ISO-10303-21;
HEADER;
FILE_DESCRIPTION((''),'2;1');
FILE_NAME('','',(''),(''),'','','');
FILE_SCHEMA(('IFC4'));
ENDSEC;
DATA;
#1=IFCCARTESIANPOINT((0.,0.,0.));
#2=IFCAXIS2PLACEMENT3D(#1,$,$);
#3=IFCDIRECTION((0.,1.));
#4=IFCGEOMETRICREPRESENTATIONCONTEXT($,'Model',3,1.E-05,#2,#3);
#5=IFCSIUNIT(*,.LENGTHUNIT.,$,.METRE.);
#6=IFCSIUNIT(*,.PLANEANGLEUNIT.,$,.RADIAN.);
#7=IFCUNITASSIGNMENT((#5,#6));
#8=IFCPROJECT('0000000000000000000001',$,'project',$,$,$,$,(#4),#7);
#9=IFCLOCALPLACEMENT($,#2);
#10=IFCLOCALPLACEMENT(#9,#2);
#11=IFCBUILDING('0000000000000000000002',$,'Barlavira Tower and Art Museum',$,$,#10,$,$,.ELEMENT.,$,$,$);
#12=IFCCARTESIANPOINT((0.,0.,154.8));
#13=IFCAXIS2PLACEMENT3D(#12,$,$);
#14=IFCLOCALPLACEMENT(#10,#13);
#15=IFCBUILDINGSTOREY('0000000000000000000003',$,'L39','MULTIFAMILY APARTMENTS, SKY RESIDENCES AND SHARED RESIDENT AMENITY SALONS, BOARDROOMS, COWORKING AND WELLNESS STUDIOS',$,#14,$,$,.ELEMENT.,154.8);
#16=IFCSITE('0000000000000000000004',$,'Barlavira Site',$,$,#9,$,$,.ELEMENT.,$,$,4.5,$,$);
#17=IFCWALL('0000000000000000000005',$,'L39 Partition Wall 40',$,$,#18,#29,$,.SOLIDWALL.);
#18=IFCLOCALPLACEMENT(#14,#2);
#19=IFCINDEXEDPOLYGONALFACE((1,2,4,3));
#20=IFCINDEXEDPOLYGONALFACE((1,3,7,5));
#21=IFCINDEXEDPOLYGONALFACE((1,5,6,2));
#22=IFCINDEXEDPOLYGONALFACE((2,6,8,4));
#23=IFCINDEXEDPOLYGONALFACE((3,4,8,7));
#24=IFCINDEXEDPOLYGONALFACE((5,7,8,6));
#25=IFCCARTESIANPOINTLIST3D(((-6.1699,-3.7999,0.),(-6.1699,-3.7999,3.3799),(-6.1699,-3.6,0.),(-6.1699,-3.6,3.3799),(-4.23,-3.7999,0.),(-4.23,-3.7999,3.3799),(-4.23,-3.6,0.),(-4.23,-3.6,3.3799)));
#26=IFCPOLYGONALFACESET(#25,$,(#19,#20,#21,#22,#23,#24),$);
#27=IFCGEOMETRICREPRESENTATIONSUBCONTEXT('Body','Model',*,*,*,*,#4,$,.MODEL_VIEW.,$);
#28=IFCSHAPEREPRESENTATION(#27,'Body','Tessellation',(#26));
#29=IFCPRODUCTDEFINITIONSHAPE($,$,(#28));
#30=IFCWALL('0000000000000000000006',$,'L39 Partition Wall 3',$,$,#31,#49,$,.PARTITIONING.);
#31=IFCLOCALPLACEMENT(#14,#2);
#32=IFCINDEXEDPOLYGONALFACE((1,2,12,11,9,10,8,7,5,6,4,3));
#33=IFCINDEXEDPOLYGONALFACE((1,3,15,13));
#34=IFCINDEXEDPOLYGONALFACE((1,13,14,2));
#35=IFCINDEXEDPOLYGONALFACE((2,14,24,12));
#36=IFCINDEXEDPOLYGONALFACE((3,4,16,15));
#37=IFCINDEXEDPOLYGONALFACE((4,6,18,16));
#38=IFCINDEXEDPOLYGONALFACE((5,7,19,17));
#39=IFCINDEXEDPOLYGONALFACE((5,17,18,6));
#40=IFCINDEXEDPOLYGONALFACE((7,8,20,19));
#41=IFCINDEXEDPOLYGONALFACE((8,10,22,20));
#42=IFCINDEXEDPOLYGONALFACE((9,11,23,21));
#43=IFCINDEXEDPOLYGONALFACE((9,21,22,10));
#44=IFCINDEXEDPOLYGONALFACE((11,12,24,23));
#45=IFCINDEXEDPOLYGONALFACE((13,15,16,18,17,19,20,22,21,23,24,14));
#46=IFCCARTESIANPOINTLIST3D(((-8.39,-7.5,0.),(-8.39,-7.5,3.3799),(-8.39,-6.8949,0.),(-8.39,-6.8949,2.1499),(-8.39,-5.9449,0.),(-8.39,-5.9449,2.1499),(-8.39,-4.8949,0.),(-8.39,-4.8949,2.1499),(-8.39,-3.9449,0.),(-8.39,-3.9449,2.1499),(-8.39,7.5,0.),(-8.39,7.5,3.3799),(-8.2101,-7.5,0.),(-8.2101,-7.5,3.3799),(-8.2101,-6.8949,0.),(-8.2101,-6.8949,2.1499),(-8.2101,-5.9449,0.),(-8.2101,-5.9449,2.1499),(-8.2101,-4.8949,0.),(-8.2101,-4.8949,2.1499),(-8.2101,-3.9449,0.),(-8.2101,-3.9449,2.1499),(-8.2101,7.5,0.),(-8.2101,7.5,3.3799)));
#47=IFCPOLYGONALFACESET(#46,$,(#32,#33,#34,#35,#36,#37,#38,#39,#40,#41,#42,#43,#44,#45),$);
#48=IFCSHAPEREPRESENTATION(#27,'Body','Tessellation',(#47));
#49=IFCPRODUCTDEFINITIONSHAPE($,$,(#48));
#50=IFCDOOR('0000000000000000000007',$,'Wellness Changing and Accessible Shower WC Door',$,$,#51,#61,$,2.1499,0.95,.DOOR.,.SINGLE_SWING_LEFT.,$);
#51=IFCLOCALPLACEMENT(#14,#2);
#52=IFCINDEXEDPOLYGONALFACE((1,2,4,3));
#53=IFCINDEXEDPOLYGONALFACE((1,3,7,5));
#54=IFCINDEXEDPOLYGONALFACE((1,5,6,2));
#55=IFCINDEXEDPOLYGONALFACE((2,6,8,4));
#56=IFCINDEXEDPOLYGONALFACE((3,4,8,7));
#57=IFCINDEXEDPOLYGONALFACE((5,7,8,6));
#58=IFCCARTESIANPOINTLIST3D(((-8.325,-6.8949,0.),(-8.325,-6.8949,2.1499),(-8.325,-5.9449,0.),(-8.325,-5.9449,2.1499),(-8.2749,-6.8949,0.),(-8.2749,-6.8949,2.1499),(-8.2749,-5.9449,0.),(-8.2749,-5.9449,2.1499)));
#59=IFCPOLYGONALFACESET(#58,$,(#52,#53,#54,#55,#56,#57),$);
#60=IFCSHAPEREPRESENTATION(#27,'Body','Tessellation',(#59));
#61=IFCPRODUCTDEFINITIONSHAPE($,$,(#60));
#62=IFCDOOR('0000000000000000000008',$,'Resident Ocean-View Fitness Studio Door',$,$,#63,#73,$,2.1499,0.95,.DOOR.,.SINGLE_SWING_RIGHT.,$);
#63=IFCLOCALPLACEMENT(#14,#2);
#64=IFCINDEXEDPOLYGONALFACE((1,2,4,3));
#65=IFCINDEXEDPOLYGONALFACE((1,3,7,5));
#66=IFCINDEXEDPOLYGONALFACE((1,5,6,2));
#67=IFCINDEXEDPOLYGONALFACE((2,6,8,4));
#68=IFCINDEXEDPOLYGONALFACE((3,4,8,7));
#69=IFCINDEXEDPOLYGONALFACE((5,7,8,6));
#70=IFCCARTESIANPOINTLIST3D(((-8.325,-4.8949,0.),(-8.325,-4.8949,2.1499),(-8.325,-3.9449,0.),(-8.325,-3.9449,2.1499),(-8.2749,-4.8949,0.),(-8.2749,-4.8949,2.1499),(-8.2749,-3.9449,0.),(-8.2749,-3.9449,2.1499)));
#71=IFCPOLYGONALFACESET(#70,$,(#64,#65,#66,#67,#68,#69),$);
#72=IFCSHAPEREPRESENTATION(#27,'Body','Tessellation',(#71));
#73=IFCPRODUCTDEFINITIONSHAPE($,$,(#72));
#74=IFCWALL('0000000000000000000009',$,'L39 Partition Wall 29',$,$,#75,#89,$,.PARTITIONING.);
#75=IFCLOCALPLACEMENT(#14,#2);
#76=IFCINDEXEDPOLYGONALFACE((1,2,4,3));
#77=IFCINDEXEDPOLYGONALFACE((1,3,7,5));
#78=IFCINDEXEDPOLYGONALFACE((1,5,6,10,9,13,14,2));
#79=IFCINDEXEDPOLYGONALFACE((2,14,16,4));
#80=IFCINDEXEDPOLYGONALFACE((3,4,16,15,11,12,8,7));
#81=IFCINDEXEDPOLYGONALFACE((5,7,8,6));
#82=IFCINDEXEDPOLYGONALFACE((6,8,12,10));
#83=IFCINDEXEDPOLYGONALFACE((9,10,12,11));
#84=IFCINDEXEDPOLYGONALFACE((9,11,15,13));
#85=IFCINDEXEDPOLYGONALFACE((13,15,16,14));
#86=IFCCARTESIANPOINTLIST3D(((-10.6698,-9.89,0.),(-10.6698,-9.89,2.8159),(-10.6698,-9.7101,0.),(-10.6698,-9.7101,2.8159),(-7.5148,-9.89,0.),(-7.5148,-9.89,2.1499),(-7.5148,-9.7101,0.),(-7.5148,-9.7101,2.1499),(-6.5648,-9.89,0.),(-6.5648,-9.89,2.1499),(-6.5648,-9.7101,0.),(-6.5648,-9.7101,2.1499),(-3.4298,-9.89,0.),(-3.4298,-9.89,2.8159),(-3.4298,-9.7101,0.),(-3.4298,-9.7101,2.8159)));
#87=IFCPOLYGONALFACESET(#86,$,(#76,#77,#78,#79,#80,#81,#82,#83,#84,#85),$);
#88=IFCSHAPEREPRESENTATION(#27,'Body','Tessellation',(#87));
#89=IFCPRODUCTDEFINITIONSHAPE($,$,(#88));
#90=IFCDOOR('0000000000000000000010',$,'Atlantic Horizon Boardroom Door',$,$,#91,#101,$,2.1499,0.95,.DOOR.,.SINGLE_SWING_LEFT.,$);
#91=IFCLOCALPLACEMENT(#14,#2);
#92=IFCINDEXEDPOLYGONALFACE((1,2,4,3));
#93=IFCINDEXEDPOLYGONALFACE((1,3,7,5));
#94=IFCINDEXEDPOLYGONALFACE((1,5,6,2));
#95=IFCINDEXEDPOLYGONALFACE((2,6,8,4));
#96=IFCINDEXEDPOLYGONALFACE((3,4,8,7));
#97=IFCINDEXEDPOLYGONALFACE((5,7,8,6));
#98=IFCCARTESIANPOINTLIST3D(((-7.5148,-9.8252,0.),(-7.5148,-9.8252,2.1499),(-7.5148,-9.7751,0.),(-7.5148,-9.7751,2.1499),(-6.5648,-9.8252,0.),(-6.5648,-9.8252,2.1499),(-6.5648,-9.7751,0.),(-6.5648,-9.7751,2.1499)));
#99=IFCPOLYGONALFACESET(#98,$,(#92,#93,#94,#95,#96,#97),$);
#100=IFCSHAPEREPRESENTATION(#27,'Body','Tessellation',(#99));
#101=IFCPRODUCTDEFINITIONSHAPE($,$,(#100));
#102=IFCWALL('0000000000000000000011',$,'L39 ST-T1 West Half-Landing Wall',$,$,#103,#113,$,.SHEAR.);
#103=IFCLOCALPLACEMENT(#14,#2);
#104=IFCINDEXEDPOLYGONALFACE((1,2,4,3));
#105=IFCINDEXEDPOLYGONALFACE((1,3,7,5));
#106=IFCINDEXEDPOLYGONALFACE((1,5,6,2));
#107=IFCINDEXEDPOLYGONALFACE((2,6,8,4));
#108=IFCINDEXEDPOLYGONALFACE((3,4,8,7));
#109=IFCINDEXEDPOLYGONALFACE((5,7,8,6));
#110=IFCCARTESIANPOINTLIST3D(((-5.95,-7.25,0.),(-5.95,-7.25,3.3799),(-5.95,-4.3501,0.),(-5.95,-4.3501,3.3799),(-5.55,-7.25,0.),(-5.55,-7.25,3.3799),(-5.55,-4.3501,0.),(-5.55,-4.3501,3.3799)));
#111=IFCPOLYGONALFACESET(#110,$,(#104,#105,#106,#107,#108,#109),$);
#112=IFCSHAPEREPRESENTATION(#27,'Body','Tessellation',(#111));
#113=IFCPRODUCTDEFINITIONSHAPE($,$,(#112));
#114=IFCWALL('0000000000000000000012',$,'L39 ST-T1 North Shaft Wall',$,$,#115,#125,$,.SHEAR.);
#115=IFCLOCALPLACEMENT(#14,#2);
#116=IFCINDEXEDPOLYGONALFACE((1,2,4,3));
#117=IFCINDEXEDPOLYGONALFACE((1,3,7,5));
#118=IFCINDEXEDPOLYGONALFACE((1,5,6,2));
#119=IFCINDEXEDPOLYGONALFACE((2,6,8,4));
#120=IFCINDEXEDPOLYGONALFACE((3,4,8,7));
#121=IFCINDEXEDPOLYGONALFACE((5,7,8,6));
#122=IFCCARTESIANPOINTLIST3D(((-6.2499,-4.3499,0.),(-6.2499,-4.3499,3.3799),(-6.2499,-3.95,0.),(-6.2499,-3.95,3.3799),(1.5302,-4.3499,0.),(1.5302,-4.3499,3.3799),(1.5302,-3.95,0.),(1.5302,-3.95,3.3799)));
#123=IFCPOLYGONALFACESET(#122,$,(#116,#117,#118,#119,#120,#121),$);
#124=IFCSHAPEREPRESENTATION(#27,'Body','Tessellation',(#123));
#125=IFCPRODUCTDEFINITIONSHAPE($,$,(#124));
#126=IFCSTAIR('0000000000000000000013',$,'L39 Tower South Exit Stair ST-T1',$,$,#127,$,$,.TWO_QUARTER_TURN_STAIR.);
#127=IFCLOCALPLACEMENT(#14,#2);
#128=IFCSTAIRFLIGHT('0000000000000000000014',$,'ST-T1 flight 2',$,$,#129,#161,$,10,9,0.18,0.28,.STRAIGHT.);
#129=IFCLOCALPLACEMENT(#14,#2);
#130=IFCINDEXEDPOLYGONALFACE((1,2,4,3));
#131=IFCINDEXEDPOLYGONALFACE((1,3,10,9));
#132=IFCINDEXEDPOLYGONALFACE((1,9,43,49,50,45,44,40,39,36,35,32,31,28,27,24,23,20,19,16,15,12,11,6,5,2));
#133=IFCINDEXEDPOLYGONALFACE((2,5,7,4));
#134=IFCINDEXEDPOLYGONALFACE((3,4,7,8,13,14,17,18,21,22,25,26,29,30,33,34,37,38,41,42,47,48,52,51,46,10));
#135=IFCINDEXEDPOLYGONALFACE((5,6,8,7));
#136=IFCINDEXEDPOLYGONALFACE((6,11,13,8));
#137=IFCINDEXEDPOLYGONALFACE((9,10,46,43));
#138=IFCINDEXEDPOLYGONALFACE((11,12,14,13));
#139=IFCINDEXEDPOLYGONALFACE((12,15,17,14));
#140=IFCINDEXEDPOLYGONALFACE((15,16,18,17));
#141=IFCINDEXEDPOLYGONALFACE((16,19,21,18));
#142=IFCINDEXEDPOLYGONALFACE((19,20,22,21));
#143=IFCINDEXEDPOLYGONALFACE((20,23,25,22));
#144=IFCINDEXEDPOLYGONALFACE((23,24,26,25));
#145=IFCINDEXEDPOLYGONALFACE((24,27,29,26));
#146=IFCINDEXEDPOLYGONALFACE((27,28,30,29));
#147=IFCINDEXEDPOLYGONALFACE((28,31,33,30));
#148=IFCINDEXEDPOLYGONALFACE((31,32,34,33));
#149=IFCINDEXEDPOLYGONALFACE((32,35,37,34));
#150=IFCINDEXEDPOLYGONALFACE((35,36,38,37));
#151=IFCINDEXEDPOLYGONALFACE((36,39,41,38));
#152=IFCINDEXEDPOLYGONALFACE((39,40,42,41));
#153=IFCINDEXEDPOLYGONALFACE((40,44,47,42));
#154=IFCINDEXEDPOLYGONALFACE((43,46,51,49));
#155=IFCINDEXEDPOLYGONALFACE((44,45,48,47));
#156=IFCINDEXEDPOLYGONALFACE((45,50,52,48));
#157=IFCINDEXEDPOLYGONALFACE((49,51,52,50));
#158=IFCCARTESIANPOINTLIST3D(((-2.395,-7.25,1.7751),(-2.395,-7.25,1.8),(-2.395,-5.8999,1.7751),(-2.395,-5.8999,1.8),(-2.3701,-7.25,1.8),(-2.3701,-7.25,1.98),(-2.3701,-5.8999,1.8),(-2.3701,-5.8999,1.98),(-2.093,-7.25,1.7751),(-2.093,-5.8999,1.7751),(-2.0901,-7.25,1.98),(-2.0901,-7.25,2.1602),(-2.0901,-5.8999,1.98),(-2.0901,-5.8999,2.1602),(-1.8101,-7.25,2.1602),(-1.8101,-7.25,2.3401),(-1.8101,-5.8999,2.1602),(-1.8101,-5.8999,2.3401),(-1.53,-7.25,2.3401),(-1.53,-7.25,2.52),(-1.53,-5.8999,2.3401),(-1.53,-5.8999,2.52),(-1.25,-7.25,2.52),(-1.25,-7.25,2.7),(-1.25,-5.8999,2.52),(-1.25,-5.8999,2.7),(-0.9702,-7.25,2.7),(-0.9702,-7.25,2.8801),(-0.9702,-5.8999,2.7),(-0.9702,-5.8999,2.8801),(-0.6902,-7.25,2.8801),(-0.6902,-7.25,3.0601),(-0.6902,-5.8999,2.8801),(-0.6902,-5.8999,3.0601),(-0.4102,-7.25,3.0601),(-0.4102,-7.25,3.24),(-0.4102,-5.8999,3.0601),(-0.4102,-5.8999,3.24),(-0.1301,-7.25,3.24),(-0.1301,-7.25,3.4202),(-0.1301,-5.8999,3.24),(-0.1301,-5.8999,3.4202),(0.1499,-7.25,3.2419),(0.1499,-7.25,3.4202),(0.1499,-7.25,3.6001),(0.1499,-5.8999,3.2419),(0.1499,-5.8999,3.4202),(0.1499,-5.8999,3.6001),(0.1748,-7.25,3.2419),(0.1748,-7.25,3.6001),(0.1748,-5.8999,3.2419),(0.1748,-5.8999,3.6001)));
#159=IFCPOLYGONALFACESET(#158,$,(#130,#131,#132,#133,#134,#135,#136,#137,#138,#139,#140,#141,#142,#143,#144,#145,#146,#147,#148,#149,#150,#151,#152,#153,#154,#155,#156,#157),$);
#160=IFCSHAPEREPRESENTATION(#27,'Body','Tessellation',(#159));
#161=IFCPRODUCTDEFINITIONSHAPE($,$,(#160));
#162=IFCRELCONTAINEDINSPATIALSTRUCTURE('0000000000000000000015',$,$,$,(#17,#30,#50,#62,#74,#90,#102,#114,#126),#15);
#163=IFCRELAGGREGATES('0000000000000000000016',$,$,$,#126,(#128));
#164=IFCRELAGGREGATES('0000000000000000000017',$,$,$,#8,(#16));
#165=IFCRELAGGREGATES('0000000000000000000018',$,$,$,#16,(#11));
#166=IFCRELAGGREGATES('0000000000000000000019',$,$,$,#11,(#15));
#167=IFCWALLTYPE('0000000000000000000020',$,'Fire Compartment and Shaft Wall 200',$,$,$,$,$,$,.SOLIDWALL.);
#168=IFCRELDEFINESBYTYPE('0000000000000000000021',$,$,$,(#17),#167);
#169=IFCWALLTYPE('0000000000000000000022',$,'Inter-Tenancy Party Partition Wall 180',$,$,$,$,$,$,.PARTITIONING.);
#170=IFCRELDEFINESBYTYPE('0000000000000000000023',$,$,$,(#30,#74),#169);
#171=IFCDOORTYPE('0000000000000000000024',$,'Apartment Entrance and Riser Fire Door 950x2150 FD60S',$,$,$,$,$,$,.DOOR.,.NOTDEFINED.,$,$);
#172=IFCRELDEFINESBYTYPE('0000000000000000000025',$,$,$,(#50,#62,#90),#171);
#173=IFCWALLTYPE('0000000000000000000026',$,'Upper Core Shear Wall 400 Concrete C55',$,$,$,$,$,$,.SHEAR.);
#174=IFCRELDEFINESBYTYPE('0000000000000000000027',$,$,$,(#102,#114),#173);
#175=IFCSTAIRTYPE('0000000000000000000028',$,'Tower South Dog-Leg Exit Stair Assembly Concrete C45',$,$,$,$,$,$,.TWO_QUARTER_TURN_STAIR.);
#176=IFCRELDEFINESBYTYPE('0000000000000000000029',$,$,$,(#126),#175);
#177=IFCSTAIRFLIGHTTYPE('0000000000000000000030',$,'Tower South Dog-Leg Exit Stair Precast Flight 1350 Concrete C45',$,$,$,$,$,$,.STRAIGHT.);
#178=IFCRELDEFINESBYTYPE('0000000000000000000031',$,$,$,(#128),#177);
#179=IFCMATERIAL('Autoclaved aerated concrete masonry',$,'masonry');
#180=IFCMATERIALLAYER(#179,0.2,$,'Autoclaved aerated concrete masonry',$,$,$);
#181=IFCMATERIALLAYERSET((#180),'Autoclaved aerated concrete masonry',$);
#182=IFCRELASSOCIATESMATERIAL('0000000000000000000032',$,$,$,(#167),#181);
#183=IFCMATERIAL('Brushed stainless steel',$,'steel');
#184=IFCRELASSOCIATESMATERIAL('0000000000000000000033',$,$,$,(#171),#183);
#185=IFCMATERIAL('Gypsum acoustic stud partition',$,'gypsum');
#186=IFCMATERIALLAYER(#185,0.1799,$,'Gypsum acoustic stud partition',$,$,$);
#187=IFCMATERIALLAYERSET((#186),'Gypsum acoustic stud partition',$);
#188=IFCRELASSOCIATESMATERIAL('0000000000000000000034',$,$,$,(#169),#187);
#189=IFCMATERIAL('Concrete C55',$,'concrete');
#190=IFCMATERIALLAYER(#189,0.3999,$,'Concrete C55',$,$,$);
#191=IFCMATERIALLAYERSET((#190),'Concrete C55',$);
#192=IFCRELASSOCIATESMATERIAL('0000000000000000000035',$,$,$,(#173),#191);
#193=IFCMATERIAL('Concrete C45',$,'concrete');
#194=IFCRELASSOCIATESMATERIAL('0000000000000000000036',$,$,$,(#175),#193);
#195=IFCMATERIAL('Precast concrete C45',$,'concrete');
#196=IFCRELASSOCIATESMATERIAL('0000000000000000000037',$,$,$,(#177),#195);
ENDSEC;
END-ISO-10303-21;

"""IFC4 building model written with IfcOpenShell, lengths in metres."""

from ifc_helpers import new_model, si_unit, direction, frame, frame_2d, origin, place, context, subcontext, project, spatial, polyline, rectangle, outline, extrude, material, layer, layer_set, type_object, element, fill, aggregate, save


model = new_model("IFC4")

# Units and contexts
model_context = context("Model", 3, precision=1e-05, world=origin(), true_north=direction((0.0, 1.0)))
body_context = subcontext(model_context, "Body", "Model", "MODEL_VIEW")
ifc_project = project(units=[si_unit("LENGTHUNIT", "METRE"), si_unit("PLANEANGLEUNIT", "RADIAN")], contexts=[model_context])

# Site, building, storey
site_placement = place(None, origin())
site = spatial("IfcSite", under=ifc_project, at=site_placement, Name="Barlavira Site", CompositionType="ELEMENT", RefElevation=4.5)
building_placement = place(site_placement, origin())
building = spatial("IfcBuilding", under=site, at=building_placement, Name="Barlavira Tower and Art Museum", CompositionType="ELEMENT")
storey_placement = place(building_placement, frame((0.0, 0.0, 154.8)))
storey = spatial("IfcBuildingStorey", under=building, at=storey_placement, Name="L39", Description="MULTIFAMILY APARTMENTS, SKY RESIDENCES AND SHARED RESIDENT AMENITY SALONS, BOARDROOMS, COWORKING AND WELLNESS STUDIOS", CompositionType="ELEMENT", Elevation=154.8)

# Shared definitions
ifc_material_1 = material(Name="Autoclaved aerated concrete masonry", Category="masonry")
ifc_layer_1 = layer(ifc_material_1, 0.2, Name="Autoclaved aerated concrete masonry")
ifc_layer_set_1 = layer_set([ifc_layer_1], Name="Autoclaved aerated concrete masonry")
wall_type_1 = type_object("IfcWallType", Name="Fire Compartment and Shaft Wall 200", PredefinedType="SOLIDWALL", material=ifc_layer_set_1)

# Shared definitions
ifc_material_2 = material(Name="Brushed stainless steel", Category="steel")
door_type = type_object("IfcDoorType", Name="Apartment Entrance and Riser Fire Door 950x2150 FD60S", OperationType="NOTDEFINED", PredefinedType="DOOR", material=ifc_material_2)

# Wall
wall_1_placement = place(storey_placement, frame((-6.1699, -3.7, 0.0), z_axis=(0.0, 0.0, 1.0), x_axis=(1.0, 0.0, 0.0)))
element("IfcWall", 1, at=wall_1_placement, inside=storey, type_object=wall_type_1, Name="L39 Partition Wall 40", PredefinedType="SOLIDWALL", context=body_context, shape_type="SweptSolid", body=[
    extrude(rectangle(XDim=1.9399, YDim=0.2, at=frame_2d((0.97, 0.0))), origin(), (0.0, 0.0, 1.0), 3.3799),
])

# Wall, openings, doors
ifc_material_3 = material(Name="Gypsum acoustic stud partition", Category="gypsum")
ifc_layer_2 = layer(ifc_material_3, 0.1799, Name="Gypsum acoustic stud partition")
ifc_layer_set_2 = layer_set([ifc_layer_2], Name="Gypsum acoustic stud partition")
wall_type_2 = type_object("IfcWallType", Name="Inter-Tenancy Party Partition Wall 180", PredefinedType="PARTITIONING", material=ifc_layer_set_2)
wall_2_placement = place(storey_placement, frame((-8.3, -7.5, 0.0), z_axis=(0.0, 0.0, 1.0), x_axis=(0.0, 1.0, 0.0)))
wall_2 = element("IfcWall", 2, at=wall_2_placement, inside=storey, type_object=wall_type_2, Name="L39 Partition Wall 3", PredefinedType="PARTITIONING", context=body_context, shape_type="SweptSolid", body=[
    extrude(rectangle(XDim=15.0, YDim=0.1799, at=frame_2d((7.5, 0.0))), origin(), (0.0, 0.0, 1.0), 3.3799),
])
opening_1_placement = place(wall_2_placement, frame((0.605, 0.0, 0.0)))
opening_1 = element("IfcOpeningElement", 3, at=opening_1_placement, cuts=wall_2, PredefinedType="OPENING", context=body_context, shape_type="SweptSolid", body=[
    extrude(rectangle(XDim=0.95, YDim=2.1499, at=frame_2d((0.4751, 1.075))), frame((0.0, 0.1001, 0.0), z_axis=(0.0, -1.0, 0.0), x_axis=(1.0, 0.0, 0.0)), (0.0, 0.0, 1.0), 0.2),
])
opening_2_placement = place(wall_2_placement, frame((2.605, 0.0, 0.0)))
opening_2 = element("IfcOpeningElement", 4, at=opening_2_placement, cuts=wall_2, PredefinedType="OPENING", context=body_context, shape_type="SweptSolid", body=[
    extrude(rectangle(XDim=0.95, YDim=2.1499, at=frame_2d((0.4751, 1.075))), frame((0.0, 0.1001, 0.0), z_axis=(0.0, -1.0, 0.0), x_axis=(1.0, 0.0, 0.0)), (0.0, 0.0, 1.0), 0.2),
])
door_1_placement = place(opening_1_placement, origin())
door_1 = element("IfcDoor", 5, at=door_1_placement, inside=storey, type_object=door_type, Name="Wellness Changing and Accessible Shower WC Door", OperationType="SINGLE_SWING_LEFT", OverallHeight=2.1499, OverallWidth=0.95, PredefinedType="DOOR", context=body_context, shape_type="SweptSolid", body=[
    extrude(rectangle(XDim=0.95, YDim=2.1499, at=frame_2d((0.4751, 1.075))), frame((0.0, 0.0249, 0.0), z_axis=(0.0, -1.0, 0.0), x_axis=(1.0, 0.0, 0.0)), (0.0, 0.0, 1.0), 0.05),
])
fill(opening_1, door_1)
door_2_placement = place(opening_2_placement, origin())
door_2 = element("IfcDoor", 6, at=door_2_placement, inside=storey, type_object=door_type, Name="Resident Ocean-View Fitness Studio Door", OperationType="SINGLE_SWING_RIGHT", OverallHeight=2.1499, OverallWidth=0.95, PredefinedType="DOOR", context=body_context, shape_type="SweptSolid", body=[
    extrude(rectangle(XDim=0.95, YDim=2.1499, at=frame_2d((0.4751, 1.075))), frame((0.0, 0.0249, 0.0), z_axis=(0.0, -1.0, 0.0), x_axis=(1.0, 0.0, 0.0)), (0.0, 0.0, 1.0), 0.05),
])
fill(opening_2, door_2)

# Wall, opening, door
wall_3_placement = place(storey_placement, frame((-10.6699, -9.8, 0.0), z_axis=(0.0, 0.0, 1.0), x_axis=(1.0, 0.0, 0.0)))
wall_3 = element("IfcWall", 7, at=wall_3_placement, inside=storey, type_object=wall_type_2, Name="L39 Partition Wall 29", PredefinedType="PARTITIONING", context=body_context, shape_type="SweptSolid", body=[
    extrude(rectangle(XDim=7.24, YDim=0.1799, at=frame_2d((3.6201, 0.0))), origin(), (0.0, 0.0, 1.0), 2.8159),
])
opening_3_placement = place(wall_3_placement, frame((3.155, 0.0, 0.0)))
opening_3 = element("IfcOpeningElement", 8, at=opening_3_placement, cuts=wall_3, PredefinedType="OPENING", context=body_context, shape_type="SweptSolid", body=[
    extrude(rectangle(XDim=0.95, YDim=2.1499, at=frame_2d((0.4751, 1.075))), frame((0.0, 0.1001, 0.0), z_axis=(0.0, -1.0, 0.0), x_axis=(1.0, 0.0, 0.0)), (0.0, 0.0, 1.0), 0.2),
])
door_3_placement = place(opening_3_placement, origin())
door_3 = element("IfcDoor", 9, at=door_3_placement, inside=storey, type_object=door_type, Name="Atlantic Horizon Boardroom Door", OperationType="SINGLE_SWING_LEFT", OverallHeight=2.1499, OverallWidth=0.95, PredefinedType="DOOR", context=body_context, shape_type="SweptSolid", body=[
    extrude(rectangle(XDim=0.95, YDim=2.1499, at=frame_2d((0.4751, 1.075))), frame((0.0, 0.0249, 0.0), z_axis=(0.0, -1.0, 0.0), x_axis=(1.0, 0.0, 0.0)), (0.0, 0.0, 1.0), 0.05),
])
fill(opening_3, door_3)

# Walls
ifc_material_4 = material(Name="Concrete C55", Category="concrete")
ifc_layer_3 = layer(ifc_material_4, 0.3999, Name="Concrete C55")
ifc_layer_set_3 = layer_set([ifc_layer_3], Name="Concrete C55")
wall_type_3 = type_object("IfcWallType", Name="Upper Core Shear Wall 400 Concrete C55", PredefinedType="SHEAR", material=ifc_layer_set_3)
wall_4_placement = place(storey_placement, frame((-5.75, -7.25, 0.0), z_axis=(0.0, 0.0, 1.0), x_axis=(0.0, 1.0, 0.0)))
element("IfcWall", 10, at=wall_4_placement, inside=storey, type_object=wall_type_3, Name="L39 ST-T1 West Half-Landing Wall", PredefinedType="SHEAR", context=body_context, shape_type="SweptSolid", body=[
    extrude(rectangle(XDim=2.8999, YDim=0.3999, at=frame_2d((1.45, 0.0))), origin(), (0.0, 0.0, 1.0), 3.3799),
])
wall_5_placement = place(storey_placement, frame((-6.25, -4.1499, 0.0), z_axis=(0.0, 0.0, 1.0), x_axis=(1.0, 0.0, 0.0)))
element("IfcWall", 11, at=wall_5_placement, inside=storey, type_object=wall_type_3, Name="L39 ST-T1 North Shaft Wall", PredefinedType="SHEAR", context=body_context, shape_type="SweptSolid", body=[
    extrude(rectangle(XDim=7.78, YDim=0.3999, at=frame_2d((3.8901, 0.0))), origin(), (0.0, 0.0, 1.0), 3.3799),
])

# Stair, stair flight
ifc_material_5 = material(Name="Concrete C45", Category="concrete")
stair_type = type_object("IfcStairType", Name="Tower South Dog-Leg Exit Stair Assembly Concrete C45", PredefinedType="TWO_QUARTER_TURN_STAIR", material=ifc_material_5)
stair_placement = place(storey_placement, origin())
stair = element("IfcStair", 12, at=stair_placement, inside=storey, type_object=stair_type, Name="L39 Tower South Exit Stair ST-T1", PredefinedType="TWO_QUARTER_TURN_STAIR")
ifc_material_6 = material(Name="Precast concrete C45", Category="concrete")
stair_flight_type = type_object("IfcStairFlightType", Name="Tower South Dog-Leg Exit Stair Precast Flight 1350 Concrete C45", PredefinedType="STRAIGHT", material=ifc_material_6)
stair_flight_placement = place(storey_placement, frame((-2.3701, -6.575, 1.8), z_axis=(0.0, 0.0, 1.0), x_axis=(1.0, 0.0, 0.0)))
stair_flight = element("IfcStairFlight", 13, at=stair_flight_placement, type_object=stair_flight_type, Name="ST-T1 flight 2", NumberOfRisers=10, NumberOfTreads=9, PredefinedType="STRAIGHT", RiserHeight=0.18, TreadLength=0.28, context=body_context, shape_type="SweptSolid", body=[
    extrude(outline(polyline([(-0.0249, 0.0), (0.0, 0.0), (0.0, 0.1799), (0.28, 0.1799), (0.28, 0.3601), (0.5601, 0.3601), (0.5601, 0.54), (0.8401, 0.54), (0.8401, 0.72), (1.1201, 0.72), (1.1201, 0.8999), (1.3999, 0.8999), (1.3999, 1.0801), (1.6799, 1.0801), (1.6799, 1.26), (1.96, 1.26), (1.96, 1.4399), (2.24, 1.4399), (2.24, 1.6201), (2.52, 1.6201), (2.52, 1.8), (2.5449, 1.8), (2.5449, 1.4419), (2.52, 1.4419), (0.2771, -0.0249), (-0.0249, -0.0249), (-0.0249, 0.0)])), frame((0.0, 0.675, 0.0), z_axis=(0.0, -1.0, 0.0), x_axis=(1.0, 0.0, 0.0)), (0.0, 0.0, 1.0), 1.3501),
])
aggregate(stair, [stair_flight])

save(model, "model.ifc")
